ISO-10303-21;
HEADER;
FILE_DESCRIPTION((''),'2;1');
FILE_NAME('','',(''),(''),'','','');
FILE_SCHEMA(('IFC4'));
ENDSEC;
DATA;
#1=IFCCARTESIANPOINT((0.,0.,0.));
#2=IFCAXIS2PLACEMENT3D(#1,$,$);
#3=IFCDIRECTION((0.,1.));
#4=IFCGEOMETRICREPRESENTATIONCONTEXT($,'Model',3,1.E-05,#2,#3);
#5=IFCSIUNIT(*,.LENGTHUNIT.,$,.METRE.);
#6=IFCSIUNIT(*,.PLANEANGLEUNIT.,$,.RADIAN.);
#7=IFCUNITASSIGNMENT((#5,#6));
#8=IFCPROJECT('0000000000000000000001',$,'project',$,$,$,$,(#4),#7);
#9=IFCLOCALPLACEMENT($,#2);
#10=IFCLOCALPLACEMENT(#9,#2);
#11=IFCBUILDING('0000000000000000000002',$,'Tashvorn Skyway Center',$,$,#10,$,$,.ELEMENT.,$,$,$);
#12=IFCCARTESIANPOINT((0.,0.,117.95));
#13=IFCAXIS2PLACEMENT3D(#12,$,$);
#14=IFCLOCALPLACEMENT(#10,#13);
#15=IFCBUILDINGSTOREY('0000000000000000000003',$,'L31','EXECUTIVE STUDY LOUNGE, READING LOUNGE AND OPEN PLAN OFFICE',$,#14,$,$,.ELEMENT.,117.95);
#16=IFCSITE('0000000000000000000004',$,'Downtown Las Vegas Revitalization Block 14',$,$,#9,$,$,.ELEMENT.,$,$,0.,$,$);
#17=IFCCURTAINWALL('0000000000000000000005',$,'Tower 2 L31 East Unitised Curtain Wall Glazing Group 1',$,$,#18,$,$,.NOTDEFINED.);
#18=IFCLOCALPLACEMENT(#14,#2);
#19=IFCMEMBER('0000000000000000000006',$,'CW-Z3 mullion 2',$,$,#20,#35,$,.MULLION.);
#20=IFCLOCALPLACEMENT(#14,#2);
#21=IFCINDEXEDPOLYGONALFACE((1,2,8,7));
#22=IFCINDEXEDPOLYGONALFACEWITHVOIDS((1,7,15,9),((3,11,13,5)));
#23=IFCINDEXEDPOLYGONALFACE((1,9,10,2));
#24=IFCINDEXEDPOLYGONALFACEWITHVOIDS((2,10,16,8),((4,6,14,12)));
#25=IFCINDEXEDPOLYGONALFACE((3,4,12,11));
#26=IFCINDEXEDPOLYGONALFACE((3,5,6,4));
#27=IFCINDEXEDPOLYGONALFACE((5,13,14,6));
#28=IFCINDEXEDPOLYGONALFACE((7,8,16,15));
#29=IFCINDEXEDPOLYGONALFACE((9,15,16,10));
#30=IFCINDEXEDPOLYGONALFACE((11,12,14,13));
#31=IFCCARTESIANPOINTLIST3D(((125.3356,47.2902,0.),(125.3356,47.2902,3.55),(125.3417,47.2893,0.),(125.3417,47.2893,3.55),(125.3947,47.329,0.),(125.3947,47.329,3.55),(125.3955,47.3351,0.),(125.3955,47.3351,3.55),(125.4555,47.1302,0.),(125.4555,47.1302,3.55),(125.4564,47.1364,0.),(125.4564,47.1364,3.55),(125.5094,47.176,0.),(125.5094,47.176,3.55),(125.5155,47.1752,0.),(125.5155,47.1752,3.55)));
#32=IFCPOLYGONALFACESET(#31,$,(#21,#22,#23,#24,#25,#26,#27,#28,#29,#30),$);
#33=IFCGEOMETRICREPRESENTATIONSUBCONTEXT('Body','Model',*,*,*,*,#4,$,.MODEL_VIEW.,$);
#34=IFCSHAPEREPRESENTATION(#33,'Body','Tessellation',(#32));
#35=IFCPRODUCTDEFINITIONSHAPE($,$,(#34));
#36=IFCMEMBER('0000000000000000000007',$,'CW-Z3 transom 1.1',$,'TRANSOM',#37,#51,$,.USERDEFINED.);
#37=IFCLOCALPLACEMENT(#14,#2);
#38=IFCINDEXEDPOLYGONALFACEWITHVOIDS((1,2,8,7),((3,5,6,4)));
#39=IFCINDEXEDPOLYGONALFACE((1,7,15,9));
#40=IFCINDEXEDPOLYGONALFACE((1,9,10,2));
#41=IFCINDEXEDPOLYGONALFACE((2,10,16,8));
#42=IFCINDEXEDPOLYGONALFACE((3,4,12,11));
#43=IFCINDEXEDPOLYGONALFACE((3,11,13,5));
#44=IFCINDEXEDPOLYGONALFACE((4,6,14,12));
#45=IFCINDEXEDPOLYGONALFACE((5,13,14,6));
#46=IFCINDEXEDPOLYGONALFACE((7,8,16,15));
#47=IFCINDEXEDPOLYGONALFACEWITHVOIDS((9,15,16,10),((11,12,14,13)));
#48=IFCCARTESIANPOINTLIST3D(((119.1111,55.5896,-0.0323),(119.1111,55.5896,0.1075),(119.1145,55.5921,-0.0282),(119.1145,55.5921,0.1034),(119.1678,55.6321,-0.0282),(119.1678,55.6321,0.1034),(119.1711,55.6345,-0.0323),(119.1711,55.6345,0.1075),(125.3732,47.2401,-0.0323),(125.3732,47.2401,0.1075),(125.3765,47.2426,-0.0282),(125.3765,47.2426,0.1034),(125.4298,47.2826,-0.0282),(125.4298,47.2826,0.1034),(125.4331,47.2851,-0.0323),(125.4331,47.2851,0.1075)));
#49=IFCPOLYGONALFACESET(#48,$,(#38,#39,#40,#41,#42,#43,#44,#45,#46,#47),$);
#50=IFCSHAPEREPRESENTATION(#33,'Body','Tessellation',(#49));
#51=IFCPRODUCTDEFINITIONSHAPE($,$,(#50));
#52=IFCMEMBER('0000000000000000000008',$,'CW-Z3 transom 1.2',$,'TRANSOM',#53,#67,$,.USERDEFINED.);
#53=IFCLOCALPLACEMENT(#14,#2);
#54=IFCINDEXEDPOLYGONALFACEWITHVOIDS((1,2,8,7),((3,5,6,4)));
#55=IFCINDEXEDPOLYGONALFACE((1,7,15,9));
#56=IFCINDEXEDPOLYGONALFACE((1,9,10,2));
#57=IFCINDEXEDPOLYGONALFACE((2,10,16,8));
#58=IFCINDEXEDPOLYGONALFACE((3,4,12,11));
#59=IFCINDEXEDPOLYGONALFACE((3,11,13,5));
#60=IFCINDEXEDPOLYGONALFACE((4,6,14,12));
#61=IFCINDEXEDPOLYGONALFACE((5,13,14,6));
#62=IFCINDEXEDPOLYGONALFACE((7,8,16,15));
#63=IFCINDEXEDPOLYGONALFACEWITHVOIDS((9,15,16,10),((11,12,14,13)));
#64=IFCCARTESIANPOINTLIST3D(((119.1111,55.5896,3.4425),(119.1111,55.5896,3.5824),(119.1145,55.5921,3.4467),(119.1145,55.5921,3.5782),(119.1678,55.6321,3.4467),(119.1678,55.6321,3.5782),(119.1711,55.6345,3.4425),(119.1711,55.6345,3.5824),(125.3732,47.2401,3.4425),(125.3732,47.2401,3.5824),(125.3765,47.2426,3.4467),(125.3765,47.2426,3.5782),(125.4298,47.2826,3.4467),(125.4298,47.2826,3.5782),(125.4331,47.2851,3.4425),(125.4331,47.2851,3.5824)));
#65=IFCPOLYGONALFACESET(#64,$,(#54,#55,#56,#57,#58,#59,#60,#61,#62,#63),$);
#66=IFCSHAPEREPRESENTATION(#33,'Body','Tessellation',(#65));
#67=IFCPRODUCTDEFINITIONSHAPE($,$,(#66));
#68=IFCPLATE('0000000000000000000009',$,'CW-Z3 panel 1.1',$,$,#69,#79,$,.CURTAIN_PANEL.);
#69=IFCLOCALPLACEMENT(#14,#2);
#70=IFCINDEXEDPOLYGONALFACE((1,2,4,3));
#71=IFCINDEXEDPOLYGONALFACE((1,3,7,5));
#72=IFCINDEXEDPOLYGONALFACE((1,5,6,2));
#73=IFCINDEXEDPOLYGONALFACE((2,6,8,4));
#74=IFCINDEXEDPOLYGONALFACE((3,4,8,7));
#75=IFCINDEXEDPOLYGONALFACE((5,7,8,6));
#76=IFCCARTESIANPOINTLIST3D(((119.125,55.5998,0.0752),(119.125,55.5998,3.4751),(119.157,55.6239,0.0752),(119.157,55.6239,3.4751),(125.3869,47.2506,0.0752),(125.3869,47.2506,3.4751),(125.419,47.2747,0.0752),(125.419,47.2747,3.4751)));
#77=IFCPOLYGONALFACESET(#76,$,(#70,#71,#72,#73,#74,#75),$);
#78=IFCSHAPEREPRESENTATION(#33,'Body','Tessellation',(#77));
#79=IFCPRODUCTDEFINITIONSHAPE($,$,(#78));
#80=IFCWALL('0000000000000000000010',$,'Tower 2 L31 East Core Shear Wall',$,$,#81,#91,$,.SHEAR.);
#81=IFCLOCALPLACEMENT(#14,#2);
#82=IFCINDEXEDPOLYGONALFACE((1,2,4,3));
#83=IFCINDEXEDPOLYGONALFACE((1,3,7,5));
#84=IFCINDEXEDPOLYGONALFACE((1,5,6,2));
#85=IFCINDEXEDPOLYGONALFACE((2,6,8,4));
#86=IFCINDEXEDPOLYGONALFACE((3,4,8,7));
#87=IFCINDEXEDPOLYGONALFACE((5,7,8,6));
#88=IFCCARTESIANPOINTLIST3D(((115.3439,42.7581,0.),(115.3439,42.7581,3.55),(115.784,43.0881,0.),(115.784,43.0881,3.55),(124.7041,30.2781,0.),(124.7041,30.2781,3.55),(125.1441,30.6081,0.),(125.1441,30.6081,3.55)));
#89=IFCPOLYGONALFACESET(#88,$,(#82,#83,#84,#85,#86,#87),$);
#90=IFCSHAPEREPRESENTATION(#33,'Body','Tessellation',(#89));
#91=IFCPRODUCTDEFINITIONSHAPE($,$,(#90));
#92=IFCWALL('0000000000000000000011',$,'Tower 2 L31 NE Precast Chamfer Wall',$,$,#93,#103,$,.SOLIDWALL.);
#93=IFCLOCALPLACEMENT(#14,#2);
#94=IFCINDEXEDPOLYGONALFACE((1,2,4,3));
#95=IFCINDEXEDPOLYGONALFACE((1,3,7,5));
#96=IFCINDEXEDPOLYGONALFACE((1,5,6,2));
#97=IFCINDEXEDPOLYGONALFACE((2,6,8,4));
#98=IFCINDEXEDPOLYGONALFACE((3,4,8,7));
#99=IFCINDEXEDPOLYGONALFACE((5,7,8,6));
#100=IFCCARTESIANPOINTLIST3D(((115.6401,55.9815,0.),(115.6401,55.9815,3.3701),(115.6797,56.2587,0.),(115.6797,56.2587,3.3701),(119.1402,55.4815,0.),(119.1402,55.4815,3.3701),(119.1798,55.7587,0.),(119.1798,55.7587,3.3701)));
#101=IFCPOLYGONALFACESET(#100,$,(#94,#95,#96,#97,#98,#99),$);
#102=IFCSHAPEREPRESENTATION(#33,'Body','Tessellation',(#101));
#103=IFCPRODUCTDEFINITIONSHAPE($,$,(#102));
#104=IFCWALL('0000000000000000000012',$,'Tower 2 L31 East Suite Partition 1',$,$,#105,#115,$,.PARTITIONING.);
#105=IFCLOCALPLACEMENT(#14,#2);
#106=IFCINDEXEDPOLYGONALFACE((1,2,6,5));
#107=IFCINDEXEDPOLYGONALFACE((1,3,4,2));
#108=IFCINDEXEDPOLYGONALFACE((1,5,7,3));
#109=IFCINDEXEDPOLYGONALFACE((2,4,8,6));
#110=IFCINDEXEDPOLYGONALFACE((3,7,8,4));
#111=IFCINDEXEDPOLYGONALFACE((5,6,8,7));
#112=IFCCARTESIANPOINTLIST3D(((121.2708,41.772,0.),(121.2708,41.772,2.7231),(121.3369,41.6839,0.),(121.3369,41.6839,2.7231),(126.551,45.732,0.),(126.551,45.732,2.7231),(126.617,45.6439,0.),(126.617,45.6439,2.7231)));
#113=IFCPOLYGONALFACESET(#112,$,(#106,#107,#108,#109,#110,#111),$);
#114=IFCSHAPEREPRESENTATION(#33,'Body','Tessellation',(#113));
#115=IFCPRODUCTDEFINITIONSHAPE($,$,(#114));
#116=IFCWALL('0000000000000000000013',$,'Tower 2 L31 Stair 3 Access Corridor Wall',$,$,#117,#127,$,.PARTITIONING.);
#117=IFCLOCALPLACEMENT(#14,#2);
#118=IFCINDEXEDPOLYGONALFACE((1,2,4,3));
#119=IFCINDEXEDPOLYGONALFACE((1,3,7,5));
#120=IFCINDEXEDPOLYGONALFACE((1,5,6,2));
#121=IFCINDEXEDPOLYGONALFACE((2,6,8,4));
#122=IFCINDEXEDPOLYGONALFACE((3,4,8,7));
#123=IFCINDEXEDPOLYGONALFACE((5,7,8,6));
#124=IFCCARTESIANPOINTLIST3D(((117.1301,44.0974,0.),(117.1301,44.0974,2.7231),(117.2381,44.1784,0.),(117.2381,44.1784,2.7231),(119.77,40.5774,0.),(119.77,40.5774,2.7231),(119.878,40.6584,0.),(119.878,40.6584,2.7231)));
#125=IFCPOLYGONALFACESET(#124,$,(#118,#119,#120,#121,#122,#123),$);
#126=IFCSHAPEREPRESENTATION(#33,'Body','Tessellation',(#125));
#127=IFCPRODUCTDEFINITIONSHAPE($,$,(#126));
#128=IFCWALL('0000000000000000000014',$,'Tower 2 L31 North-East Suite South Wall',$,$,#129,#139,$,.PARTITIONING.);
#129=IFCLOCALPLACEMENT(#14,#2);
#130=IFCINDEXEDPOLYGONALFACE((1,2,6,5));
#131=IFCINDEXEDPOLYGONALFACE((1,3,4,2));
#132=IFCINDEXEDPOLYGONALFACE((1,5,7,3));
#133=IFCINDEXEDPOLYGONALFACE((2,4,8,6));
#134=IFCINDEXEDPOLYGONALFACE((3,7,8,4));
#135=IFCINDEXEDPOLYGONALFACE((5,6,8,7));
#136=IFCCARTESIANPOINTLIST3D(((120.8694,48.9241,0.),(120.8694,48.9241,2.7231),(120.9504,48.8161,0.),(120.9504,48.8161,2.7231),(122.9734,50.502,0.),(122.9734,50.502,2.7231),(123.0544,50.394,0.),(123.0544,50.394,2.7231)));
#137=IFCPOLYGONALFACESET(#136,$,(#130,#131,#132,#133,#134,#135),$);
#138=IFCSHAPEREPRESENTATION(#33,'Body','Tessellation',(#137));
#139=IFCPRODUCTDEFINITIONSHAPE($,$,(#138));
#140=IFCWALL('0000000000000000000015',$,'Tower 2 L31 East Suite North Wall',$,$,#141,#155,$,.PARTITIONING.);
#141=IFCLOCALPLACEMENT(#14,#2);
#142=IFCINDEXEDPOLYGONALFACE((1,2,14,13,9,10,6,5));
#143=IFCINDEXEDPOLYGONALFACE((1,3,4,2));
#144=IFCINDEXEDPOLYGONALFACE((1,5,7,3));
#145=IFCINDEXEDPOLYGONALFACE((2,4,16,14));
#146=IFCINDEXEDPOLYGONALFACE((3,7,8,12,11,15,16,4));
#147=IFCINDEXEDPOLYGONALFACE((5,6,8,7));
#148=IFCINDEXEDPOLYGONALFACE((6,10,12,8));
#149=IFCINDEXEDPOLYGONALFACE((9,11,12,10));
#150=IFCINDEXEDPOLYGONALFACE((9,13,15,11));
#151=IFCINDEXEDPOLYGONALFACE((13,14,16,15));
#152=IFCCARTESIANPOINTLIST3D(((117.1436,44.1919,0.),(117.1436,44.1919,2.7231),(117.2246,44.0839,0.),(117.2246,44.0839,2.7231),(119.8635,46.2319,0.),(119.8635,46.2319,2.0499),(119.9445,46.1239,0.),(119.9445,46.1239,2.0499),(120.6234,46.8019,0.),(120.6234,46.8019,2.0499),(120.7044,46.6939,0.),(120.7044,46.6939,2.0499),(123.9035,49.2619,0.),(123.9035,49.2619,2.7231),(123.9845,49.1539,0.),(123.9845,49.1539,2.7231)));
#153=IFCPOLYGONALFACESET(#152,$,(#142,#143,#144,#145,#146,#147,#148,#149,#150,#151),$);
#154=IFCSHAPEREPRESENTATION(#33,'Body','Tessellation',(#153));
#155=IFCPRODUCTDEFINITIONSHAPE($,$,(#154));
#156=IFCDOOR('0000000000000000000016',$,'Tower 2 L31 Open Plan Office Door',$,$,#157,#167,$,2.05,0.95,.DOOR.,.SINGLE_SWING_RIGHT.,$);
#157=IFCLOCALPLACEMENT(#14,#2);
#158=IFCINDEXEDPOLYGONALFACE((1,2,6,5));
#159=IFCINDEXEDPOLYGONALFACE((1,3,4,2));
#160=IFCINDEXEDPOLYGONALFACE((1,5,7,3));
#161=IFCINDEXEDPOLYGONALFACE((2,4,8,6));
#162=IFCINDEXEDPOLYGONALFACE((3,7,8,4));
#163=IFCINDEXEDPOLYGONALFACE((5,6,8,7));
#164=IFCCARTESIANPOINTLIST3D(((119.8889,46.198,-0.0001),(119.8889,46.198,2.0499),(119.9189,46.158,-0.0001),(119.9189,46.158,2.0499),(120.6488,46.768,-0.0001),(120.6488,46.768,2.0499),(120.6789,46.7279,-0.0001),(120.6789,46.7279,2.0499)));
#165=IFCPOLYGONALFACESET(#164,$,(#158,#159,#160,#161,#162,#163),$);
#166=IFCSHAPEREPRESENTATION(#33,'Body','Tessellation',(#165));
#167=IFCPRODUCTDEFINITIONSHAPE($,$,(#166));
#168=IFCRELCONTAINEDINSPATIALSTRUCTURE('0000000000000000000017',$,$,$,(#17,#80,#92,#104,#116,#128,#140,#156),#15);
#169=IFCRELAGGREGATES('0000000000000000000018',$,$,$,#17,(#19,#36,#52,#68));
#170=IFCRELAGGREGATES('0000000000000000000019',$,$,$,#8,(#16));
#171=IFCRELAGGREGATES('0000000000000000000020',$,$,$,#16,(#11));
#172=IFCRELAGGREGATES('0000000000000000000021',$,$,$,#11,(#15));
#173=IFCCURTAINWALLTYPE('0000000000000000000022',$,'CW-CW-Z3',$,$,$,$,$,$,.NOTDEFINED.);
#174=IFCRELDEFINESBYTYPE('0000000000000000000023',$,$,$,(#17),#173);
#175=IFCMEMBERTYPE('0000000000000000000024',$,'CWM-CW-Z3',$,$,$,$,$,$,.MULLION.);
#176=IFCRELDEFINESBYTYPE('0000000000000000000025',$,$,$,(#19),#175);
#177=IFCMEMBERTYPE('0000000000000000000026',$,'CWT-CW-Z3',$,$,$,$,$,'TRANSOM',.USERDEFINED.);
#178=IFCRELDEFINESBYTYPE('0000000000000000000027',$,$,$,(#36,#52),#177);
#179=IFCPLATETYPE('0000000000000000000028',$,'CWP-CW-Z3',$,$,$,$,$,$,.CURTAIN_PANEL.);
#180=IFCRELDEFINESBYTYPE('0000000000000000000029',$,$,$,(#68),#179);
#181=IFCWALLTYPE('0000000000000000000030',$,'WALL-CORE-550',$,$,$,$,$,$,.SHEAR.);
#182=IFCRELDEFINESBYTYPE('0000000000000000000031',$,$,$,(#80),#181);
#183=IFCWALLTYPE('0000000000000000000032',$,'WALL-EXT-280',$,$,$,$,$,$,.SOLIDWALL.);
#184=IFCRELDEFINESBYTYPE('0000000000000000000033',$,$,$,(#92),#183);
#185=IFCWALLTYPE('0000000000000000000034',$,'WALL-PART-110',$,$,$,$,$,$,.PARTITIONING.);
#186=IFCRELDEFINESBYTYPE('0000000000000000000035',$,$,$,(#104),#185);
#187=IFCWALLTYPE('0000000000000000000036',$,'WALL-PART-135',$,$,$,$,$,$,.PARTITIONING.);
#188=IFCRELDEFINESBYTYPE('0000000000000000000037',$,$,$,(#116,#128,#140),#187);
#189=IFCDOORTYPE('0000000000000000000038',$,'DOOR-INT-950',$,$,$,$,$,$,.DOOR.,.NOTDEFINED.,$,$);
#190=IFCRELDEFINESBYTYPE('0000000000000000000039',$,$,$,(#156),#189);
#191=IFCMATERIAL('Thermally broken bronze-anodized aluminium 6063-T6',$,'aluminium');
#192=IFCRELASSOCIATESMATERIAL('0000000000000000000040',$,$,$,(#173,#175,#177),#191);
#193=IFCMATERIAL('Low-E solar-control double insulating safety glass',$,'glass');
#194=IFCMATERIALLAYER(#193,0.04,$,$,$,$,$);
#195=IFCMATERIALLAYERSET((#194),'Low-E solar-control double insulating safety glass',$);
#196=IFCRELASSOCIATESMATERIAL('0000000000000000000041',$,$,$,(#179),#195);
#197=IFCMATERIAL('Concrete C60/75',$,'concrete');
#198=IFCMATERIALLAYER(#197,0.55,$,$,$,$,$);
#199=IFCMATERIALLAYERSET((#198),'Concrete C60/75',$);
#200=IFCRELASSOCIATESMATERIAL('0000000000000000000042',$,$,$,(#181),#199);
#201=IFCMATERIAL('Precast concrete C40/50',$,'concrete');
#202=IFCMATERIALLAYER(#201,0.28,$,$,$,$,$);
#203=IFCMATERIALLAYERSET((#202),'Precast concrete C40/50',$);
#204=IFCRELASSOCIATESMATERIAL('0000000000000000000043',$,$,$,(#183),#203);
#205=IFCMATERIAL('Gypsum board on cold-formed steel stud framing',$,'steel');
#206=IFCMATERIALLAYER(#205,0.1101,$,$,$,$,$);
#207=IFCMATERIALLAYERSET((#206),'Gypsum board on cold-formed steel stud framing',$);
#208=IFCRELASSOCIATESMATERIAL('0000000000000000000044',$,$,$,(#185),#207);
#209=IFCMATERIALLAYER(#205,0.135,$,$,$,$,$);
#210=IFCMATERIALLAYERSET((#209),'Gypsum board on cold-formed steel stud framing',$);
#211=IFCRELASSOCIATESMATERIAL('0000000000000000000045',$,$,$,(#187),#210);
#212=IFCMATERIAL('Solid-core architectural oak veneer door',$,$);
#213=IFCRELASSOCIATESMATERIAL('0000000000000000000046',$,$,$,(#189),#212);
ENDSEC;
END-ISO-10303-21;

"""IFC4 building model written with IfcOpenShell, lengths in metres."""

from ifc_helpers import new_model, si_unit, direction, frame, frame_2d, origin, origin_2d, place, context, subcontext, project, spatial, rectangle, hollow_rectangle, extrude, material, layer, layer_set, material_profile, profile_set, type_object, element, fill, aggregate, save


model = new_model("IFC4")

# Units and contexts
model_context = context("Model", 3, precision=1e-05, world=origin(), true_north=direction((0.0, 1.0)))
body_context = subcontext(model_context, "Body", "Model", "MODEL_VIEW")
ifc_project = project(units=[si_unit("LENGTHUNIT", "METRE"), si_unit("PLANEANGLEUNIT", "RADIAN")], contexts=[model_context])

# Site, building, storey
site_placement = place(None, origin())
site = spatial("IfcSite", under=ifc_project, at=site_placement, Name="Downtown Las Vegas Revitalization Block 14", CompositionType="ELEMENT", RefElevation=0.0)
building_placement = place(site_placement, origin())
building = spatial("IfcBuilding", under=site, at=building_placement, Name="Tashvorn Skyway Center", CompositionType="ELEMENT")
storey_placement = place(building_placement, frame((0.0, 0.0, 117.95)))
storey = spatial("IfcBuildingStorey", under=building, at=storey_placement, Name="L31", Description="EXECUTIVE STUDY LOUNGE, READING LOUNGE AND OPEN PLAN OFFICE", CompositionType="ELEMENT", Elevation=117.95)

# Shared definitions
ifc_material_1 = material(Name="Thermally broken bronze-anodized aluminium 6063-T6", Category="aluminium")
curtain_wall_type = type_object("IfcCurtainWallType", Name="CW-CW-Z3", PredefinedType="NOTDEFINED", material=ifc_material_1)
ifc_material_profile_1 = material_profile(ifc_material_1, hollow_rectangle(XDim=0.075, YDim=0.2, WallThickness=0.0044, at=origin_2d()), Name="ALU-MULL-75x200")
ifc_profile_set_1 = profile_set([ifc_material_profile_1], Name="Thermally broken bronze-anodized aluminium 6063-T6")
member_type_1 = type_object("IfcMemberType", Name="CWM-CW-Z3", PredefinedType="MULLION", material=ifc_profile_set_1)

# Curtain wall, members, plate
curtain_wall_1_placement = place(storey_placement, origin())
curtain_wall_1 = element("IfcCurtainWall", 1, at=curtain_wall_1_placement, inside=storey, type_object=curtain_wall_type, Name="Tower 2 L31 East Unitised Curtain Wall Glazing Group 1", PredefinedType="NOTDEFINED")
member_1_placement = place(storey_placement, frame((125.4255, 47.2327, 0.0), z_axis=(0.0, 0.0, 1.0), x_axis=(0.799999, 0.600002, 0.0)))
member_1 = element("IfcMember", 2, at=member_1_placement, type_object=member_type_1, Name="CW-Z3 mullion 2", PredefinedType="MULLION", context=body_context, shape_type="SweptSolid", body=[
    extrude(hollow_rectangle(XDim=0.075, YDim=0.2, WallThickness=0.0044, at=origin_2d()), origin(), (0.0, 0.0, 1.0), 3.55),
])
ifc_material_profile_2 = material_profile(ifc_material_1, hollow_rectangle(XDim=0.075, YDim=0.1399, WallThickness=0.0042, at=origin_2d()), Name="ALU-TRAN-75x140")
ifc_profile_set_2 = profile_set([ifc_material_profile_2], Name="Thermally broken bronze-anodized aluminium 6063-T6")
member_type_2 = type_object("IfcMemberType", Name="CWT-CW-Z3", ElementType="TRANSOM", PredefinedType="USERDEFINED", material=ifc_profile_set_2)
member_2_placement = place(storey_placement, frame((119.1411, 55.6121, 0.0376), z_axis=(0.599996, -0.800003, 0.0), x_axis=(0.800003, 0.599996, 0.0)))
member_2 = element("IfcMember", 3, at=member_2_placement, type_object=member_type_2, Name="CW-Z3 transom 1.1", ObjectType="TRANSOM", PredefinedType="USERDEFINED", context=body_context, shape_type="SweptSolid", body=[
    extrude(hollow_rectangle(XDim=0.075, YDim=0.1399, WallThickness=0.0042, at=origin_2d()), origin(), (0.0, 0.0, 1.0), 10.4368),
])
member_3_placement = place(storey_placement, frame((119.1411, 55.6121, 3.5125), z_axis=(0.599996, -0.800003, 0.0), x_axis=(0.800003, 0.599996, 0.0)))
member_3 = element("IfcMember", 4, at=member_3_placement, type_object=member_type_2, Name="CW-Z3 transom 1.2", ObjectType="TRANSOM", PredefinedType="USERDEFINED", context=body_context, shape_type="SweptSolid", body=[
    extrude(hollow_rectangle(XDim=0.075, YDim=0.1399, WallThickness=0.0042, at=origin_2d()), origin(), (0.0, 0.0, 1.0), 10.4368),
])
ifc_material_2 = material(Name="Low-E solar-control double insulating safety glass", Category="glass")
ifc_layer_1 = layer(ifc_material_2, 0.04)
ifc_layer_set_1 = layer_set([ifc_layer_1], Name="Low-E solar-control double insulating safety glass")
plate_type = type_object("IfcPlateType", Name="CWP-CW-Z3", PredefinedType="CURTAIN_PANEL", material=ifc_layer_set_1)
plate_placement = place(storey_placement, frame((122.272, 51.4373, 0.0752), z_axis=(0.0, 0.0, 1.0), x_axis=(0.600002, -0.799999, 0.0)))
plate = element("IfcPlate", 5, at=plate_placement, type_object=plate_type, Name="CW-Z3 panel 1.1", PredefinedType="CURTAIN_PANEL", context=body_context, shape_type="SweptSolid", body=[
    extrude(rectangle(XDim=10.4365, YDim=0.04, at=origin_2d()), origin(), (0.0, 0.0, 1.0), 3.3999),
])
aggregate(curtain_wall_1, [member_1, member_2, member_3, plate])

# Walls
ifc_material_3 = material(Name="Concrete C60/75", Category="concrete")
ifc_layer_2 = layer(ifc_material_3, 0.55)
ifc_layer_set_2 = layer_set([ifc_layer_2], Name="Concrete C60/75")
wall_type_1 = type_object("IfcWallType", Name="WALL-CORE-550", PredefinedType="SHEAR", material=ifc_layer_set_2)
wall_1_placement = place(storey_placement, frame((115.564, 42.9231, 0.0), z_axis=(0.0, 0.0, 1.0), x_axis=(0.600005, -0.799996, 0.0)))
element("IfcWall", 6, at=wall_1_placement, inside=storey, type_object=wall_type_1, Name="Tower 2 L31 East Core Shear Wall", PredefinedType="SHEAR", context=body_context, shape_type="SweptSolid", body=[
    extrude(rectangle(XDim=15.6001, YDim=0.55, at=frame_2d((7.8, 0.0))), origin(), (0.0, 0.0, 1.0), 3.55),
])
ifc_material_4 = material(Name="Precast concrete C40/50", Category="concrete")
ifc_layer_3 = layer(ifc_material_4, 0.28)
ifc_layer_set_3 = layer_set([ifc_layer_3], Name="Precast concrete C40/50")
wall_type_2 = type_object("IfcWallType", Name="WALL-EXT-280", PredefinedType="SOLIDWALL", material=ifc_layer_set_3)
wall_2_placement = place(storey_placement, frame((115.6599, 56.1201, 0.0), z_axis=(0.0, 0.0, 1.0), x_axis=(0.989949, -0.141421, 0.0)))
element("IfcWall", 7, at=wall_2_placement, inside=storey, type_object=wall_type_2, Name="Tower 2 L31 NE Precast Chamfer Wall", PredefinedType="SOLIDWALL", context=body_context, shape_type="SweptSolid", body=[
    extrude(rectangle(XDim=3.5356, YDim=0.28, at=frame_2d((1.7678, 0.0))), origin(), (0.0, 0.0, 1.0), 3.3701),
])
ifc_material_5 = material(Name="Gypsum board on cold-formed steel stud framing", Category="steel")
ifc_layer_4 = layer(ifc_material_5, 0.1101)
ifc_layer_set_4 = layer_set([ifc_layer_4], Name="Gypsum board on cold-formed steel stud framing")
wall_type_3 = type_object("IfcWallType", Name="WALL-PART-110", PredefinedType="PARTITIONING", material=ifc_layer_set_4)
wall_3_placement = place(storey_placement, frame((126.584, 45.688, 0.0), z_axis=(0.0, 0.0, 1.0), x_axis=(-0.800004, -0.599994, 0.0)))
element("IfcWall", 8, at=wall_3_placement, inside=storey, type_object=wall_type_3, Name="Tower 2 L31 East Suite Partition 1", PredefinedType="PARTITIONING", context=body_context, shape_type="SweptSolid", body=[
    extrude(rectangle(XDim=6.6001, YDim=0.1101, at=frame_2d((3.3, 0.0))), origin(), (0.0, 0.0, 1.0), 2.7231),
])
ifc_layer_5 = layer(ifc_material_5, 0.135)
ifc_layer_set_5 = layer_set([ifc_layer_5], Name="Gypsum board on cold-formed steel stud framing")
wall_type_4 = type_object("IfcWallType", Name="WALL-PART-135", PredefinedType="PARTITIONING", material=ifc_layer_set_5)
wall_4_placement = place(storey_placement, frame((119.824, 40.6179, 0.0), z_axis=(0.0, 0.0, 1.0), x_axis=(-0.599982, 0.800013, 0.0)))
element("IfcWall", 9, at=wall_4_placement, inside=storey, type_object=wall_type_4, Name="Tower 2 L31 Stair 3 Access Corridor Wall", PredefinedType="PARTITIONING", context=body_context, shape_type="SweptSolid", body=[
    extrude(rectangle(XDim=4.3999, YDim=0.135, at=frame_2d((2.2, 0.0))), origin(), (0.0, 0.0, 1.0), 2.7231),
])
wall_5_placement = place(storey_placement, frame((120.9099, 48.8701, 0.0), z_axis=(0.0, 0.0, 1.0), x_axis=(0.800022, 0.59997, 0.0)))
element("IfcWall", 10, at=wall_5_placement, inside=storey, type_object=wall_type_4, Name="Tower 2 L31 North-East Suite South Wall", PredefinedType="PARTITIONING", context=body_context, shape_type="SweptSolid", body=[
    extrude(rectangle(XDim=2.6299, YDim=0.135, at=frame_2d((1.3149, 0.0))), origin(), (0.0, 0.0, 1.0), 2.7231),
])

# Wall, opening, door
wall_6_placement = place(storey_placement, frame((123.9441, 49.208, 0.0), z_axis=(0.0, 0.0, 1.0), x_axis=(-0.799997, -0.600005, 0.0)))
wall_6 = element("IfcWall", 11, at=wall_6_placement, inside=storey, type_object=wall_type_4, Name="Tower 2 L31 East Suite North Wall", PredefinedType="PARTITIONING", context=body_context, shape_type="SweptSolid", body=[
    extrude(rectangle(XDim=8.45, YDim=0.135, at=frame_2d((4.2251, 0.0))), origin(), (0.0, 0.0, 1.0), 2.7231),
])
opening_1_placement = place(wall_6_placement, frame((4.1001, 0.0, 0.0)))
opening_1 = element("IfcOpeningElement", 12, at=opening_1_placement, cuts=wall_6, PredefinedType="OPENING", context=body_context, shape_type="SweptSolid", body=[
    extrude(rectangle(XDim=0.95, YDim=2.05, at=frame_2d((0.4751, 1.0249))), frame((0.0, 0.0774, 0.0), z_axis=(0.0, -1.0, 0.0), x_axis=(1.0, 0.0, 0.0)), (0.0, 0.0, 1.0), 0.155),
])
ifc_material_6 = material(Name="Solid-core architectural oak veneer door")
door_type_1 = type_object("IfcDoorType", Name="DOOR-INT-950", OperationType="NOTDEFINED", PredefinedType="DOOR", material=ifc_material_6)
door_1_placement = place(opening_1_placement, origin())
door_1 = element("IfcDoor", 13, at=door_1_placement, inside=storey, type_object=door_type_1, Name="Tower 2 L31 Open Plan Office Door", OperationType="SINGLE_SWING_RIGHT", OverallHeight=2.05, OverallWidth=0.95, PredefinedType="DOOR", context=body_context, shape_type="SweptSolid", body=[
    extrude(rectangle(XDim=0.95, YDim=2.05, at=frame_2d((0.4751, 1.0249))), frame((0.0, 0.0249, 0.0), z_axis=(0.0, -1.0, 0.0), x_axis=(1.0, 0.0, 0.0)), (0.0, 0.0, 1.0), 0.05),
])
fill(opening_1, door_1)

save(model, "model.ifc")
